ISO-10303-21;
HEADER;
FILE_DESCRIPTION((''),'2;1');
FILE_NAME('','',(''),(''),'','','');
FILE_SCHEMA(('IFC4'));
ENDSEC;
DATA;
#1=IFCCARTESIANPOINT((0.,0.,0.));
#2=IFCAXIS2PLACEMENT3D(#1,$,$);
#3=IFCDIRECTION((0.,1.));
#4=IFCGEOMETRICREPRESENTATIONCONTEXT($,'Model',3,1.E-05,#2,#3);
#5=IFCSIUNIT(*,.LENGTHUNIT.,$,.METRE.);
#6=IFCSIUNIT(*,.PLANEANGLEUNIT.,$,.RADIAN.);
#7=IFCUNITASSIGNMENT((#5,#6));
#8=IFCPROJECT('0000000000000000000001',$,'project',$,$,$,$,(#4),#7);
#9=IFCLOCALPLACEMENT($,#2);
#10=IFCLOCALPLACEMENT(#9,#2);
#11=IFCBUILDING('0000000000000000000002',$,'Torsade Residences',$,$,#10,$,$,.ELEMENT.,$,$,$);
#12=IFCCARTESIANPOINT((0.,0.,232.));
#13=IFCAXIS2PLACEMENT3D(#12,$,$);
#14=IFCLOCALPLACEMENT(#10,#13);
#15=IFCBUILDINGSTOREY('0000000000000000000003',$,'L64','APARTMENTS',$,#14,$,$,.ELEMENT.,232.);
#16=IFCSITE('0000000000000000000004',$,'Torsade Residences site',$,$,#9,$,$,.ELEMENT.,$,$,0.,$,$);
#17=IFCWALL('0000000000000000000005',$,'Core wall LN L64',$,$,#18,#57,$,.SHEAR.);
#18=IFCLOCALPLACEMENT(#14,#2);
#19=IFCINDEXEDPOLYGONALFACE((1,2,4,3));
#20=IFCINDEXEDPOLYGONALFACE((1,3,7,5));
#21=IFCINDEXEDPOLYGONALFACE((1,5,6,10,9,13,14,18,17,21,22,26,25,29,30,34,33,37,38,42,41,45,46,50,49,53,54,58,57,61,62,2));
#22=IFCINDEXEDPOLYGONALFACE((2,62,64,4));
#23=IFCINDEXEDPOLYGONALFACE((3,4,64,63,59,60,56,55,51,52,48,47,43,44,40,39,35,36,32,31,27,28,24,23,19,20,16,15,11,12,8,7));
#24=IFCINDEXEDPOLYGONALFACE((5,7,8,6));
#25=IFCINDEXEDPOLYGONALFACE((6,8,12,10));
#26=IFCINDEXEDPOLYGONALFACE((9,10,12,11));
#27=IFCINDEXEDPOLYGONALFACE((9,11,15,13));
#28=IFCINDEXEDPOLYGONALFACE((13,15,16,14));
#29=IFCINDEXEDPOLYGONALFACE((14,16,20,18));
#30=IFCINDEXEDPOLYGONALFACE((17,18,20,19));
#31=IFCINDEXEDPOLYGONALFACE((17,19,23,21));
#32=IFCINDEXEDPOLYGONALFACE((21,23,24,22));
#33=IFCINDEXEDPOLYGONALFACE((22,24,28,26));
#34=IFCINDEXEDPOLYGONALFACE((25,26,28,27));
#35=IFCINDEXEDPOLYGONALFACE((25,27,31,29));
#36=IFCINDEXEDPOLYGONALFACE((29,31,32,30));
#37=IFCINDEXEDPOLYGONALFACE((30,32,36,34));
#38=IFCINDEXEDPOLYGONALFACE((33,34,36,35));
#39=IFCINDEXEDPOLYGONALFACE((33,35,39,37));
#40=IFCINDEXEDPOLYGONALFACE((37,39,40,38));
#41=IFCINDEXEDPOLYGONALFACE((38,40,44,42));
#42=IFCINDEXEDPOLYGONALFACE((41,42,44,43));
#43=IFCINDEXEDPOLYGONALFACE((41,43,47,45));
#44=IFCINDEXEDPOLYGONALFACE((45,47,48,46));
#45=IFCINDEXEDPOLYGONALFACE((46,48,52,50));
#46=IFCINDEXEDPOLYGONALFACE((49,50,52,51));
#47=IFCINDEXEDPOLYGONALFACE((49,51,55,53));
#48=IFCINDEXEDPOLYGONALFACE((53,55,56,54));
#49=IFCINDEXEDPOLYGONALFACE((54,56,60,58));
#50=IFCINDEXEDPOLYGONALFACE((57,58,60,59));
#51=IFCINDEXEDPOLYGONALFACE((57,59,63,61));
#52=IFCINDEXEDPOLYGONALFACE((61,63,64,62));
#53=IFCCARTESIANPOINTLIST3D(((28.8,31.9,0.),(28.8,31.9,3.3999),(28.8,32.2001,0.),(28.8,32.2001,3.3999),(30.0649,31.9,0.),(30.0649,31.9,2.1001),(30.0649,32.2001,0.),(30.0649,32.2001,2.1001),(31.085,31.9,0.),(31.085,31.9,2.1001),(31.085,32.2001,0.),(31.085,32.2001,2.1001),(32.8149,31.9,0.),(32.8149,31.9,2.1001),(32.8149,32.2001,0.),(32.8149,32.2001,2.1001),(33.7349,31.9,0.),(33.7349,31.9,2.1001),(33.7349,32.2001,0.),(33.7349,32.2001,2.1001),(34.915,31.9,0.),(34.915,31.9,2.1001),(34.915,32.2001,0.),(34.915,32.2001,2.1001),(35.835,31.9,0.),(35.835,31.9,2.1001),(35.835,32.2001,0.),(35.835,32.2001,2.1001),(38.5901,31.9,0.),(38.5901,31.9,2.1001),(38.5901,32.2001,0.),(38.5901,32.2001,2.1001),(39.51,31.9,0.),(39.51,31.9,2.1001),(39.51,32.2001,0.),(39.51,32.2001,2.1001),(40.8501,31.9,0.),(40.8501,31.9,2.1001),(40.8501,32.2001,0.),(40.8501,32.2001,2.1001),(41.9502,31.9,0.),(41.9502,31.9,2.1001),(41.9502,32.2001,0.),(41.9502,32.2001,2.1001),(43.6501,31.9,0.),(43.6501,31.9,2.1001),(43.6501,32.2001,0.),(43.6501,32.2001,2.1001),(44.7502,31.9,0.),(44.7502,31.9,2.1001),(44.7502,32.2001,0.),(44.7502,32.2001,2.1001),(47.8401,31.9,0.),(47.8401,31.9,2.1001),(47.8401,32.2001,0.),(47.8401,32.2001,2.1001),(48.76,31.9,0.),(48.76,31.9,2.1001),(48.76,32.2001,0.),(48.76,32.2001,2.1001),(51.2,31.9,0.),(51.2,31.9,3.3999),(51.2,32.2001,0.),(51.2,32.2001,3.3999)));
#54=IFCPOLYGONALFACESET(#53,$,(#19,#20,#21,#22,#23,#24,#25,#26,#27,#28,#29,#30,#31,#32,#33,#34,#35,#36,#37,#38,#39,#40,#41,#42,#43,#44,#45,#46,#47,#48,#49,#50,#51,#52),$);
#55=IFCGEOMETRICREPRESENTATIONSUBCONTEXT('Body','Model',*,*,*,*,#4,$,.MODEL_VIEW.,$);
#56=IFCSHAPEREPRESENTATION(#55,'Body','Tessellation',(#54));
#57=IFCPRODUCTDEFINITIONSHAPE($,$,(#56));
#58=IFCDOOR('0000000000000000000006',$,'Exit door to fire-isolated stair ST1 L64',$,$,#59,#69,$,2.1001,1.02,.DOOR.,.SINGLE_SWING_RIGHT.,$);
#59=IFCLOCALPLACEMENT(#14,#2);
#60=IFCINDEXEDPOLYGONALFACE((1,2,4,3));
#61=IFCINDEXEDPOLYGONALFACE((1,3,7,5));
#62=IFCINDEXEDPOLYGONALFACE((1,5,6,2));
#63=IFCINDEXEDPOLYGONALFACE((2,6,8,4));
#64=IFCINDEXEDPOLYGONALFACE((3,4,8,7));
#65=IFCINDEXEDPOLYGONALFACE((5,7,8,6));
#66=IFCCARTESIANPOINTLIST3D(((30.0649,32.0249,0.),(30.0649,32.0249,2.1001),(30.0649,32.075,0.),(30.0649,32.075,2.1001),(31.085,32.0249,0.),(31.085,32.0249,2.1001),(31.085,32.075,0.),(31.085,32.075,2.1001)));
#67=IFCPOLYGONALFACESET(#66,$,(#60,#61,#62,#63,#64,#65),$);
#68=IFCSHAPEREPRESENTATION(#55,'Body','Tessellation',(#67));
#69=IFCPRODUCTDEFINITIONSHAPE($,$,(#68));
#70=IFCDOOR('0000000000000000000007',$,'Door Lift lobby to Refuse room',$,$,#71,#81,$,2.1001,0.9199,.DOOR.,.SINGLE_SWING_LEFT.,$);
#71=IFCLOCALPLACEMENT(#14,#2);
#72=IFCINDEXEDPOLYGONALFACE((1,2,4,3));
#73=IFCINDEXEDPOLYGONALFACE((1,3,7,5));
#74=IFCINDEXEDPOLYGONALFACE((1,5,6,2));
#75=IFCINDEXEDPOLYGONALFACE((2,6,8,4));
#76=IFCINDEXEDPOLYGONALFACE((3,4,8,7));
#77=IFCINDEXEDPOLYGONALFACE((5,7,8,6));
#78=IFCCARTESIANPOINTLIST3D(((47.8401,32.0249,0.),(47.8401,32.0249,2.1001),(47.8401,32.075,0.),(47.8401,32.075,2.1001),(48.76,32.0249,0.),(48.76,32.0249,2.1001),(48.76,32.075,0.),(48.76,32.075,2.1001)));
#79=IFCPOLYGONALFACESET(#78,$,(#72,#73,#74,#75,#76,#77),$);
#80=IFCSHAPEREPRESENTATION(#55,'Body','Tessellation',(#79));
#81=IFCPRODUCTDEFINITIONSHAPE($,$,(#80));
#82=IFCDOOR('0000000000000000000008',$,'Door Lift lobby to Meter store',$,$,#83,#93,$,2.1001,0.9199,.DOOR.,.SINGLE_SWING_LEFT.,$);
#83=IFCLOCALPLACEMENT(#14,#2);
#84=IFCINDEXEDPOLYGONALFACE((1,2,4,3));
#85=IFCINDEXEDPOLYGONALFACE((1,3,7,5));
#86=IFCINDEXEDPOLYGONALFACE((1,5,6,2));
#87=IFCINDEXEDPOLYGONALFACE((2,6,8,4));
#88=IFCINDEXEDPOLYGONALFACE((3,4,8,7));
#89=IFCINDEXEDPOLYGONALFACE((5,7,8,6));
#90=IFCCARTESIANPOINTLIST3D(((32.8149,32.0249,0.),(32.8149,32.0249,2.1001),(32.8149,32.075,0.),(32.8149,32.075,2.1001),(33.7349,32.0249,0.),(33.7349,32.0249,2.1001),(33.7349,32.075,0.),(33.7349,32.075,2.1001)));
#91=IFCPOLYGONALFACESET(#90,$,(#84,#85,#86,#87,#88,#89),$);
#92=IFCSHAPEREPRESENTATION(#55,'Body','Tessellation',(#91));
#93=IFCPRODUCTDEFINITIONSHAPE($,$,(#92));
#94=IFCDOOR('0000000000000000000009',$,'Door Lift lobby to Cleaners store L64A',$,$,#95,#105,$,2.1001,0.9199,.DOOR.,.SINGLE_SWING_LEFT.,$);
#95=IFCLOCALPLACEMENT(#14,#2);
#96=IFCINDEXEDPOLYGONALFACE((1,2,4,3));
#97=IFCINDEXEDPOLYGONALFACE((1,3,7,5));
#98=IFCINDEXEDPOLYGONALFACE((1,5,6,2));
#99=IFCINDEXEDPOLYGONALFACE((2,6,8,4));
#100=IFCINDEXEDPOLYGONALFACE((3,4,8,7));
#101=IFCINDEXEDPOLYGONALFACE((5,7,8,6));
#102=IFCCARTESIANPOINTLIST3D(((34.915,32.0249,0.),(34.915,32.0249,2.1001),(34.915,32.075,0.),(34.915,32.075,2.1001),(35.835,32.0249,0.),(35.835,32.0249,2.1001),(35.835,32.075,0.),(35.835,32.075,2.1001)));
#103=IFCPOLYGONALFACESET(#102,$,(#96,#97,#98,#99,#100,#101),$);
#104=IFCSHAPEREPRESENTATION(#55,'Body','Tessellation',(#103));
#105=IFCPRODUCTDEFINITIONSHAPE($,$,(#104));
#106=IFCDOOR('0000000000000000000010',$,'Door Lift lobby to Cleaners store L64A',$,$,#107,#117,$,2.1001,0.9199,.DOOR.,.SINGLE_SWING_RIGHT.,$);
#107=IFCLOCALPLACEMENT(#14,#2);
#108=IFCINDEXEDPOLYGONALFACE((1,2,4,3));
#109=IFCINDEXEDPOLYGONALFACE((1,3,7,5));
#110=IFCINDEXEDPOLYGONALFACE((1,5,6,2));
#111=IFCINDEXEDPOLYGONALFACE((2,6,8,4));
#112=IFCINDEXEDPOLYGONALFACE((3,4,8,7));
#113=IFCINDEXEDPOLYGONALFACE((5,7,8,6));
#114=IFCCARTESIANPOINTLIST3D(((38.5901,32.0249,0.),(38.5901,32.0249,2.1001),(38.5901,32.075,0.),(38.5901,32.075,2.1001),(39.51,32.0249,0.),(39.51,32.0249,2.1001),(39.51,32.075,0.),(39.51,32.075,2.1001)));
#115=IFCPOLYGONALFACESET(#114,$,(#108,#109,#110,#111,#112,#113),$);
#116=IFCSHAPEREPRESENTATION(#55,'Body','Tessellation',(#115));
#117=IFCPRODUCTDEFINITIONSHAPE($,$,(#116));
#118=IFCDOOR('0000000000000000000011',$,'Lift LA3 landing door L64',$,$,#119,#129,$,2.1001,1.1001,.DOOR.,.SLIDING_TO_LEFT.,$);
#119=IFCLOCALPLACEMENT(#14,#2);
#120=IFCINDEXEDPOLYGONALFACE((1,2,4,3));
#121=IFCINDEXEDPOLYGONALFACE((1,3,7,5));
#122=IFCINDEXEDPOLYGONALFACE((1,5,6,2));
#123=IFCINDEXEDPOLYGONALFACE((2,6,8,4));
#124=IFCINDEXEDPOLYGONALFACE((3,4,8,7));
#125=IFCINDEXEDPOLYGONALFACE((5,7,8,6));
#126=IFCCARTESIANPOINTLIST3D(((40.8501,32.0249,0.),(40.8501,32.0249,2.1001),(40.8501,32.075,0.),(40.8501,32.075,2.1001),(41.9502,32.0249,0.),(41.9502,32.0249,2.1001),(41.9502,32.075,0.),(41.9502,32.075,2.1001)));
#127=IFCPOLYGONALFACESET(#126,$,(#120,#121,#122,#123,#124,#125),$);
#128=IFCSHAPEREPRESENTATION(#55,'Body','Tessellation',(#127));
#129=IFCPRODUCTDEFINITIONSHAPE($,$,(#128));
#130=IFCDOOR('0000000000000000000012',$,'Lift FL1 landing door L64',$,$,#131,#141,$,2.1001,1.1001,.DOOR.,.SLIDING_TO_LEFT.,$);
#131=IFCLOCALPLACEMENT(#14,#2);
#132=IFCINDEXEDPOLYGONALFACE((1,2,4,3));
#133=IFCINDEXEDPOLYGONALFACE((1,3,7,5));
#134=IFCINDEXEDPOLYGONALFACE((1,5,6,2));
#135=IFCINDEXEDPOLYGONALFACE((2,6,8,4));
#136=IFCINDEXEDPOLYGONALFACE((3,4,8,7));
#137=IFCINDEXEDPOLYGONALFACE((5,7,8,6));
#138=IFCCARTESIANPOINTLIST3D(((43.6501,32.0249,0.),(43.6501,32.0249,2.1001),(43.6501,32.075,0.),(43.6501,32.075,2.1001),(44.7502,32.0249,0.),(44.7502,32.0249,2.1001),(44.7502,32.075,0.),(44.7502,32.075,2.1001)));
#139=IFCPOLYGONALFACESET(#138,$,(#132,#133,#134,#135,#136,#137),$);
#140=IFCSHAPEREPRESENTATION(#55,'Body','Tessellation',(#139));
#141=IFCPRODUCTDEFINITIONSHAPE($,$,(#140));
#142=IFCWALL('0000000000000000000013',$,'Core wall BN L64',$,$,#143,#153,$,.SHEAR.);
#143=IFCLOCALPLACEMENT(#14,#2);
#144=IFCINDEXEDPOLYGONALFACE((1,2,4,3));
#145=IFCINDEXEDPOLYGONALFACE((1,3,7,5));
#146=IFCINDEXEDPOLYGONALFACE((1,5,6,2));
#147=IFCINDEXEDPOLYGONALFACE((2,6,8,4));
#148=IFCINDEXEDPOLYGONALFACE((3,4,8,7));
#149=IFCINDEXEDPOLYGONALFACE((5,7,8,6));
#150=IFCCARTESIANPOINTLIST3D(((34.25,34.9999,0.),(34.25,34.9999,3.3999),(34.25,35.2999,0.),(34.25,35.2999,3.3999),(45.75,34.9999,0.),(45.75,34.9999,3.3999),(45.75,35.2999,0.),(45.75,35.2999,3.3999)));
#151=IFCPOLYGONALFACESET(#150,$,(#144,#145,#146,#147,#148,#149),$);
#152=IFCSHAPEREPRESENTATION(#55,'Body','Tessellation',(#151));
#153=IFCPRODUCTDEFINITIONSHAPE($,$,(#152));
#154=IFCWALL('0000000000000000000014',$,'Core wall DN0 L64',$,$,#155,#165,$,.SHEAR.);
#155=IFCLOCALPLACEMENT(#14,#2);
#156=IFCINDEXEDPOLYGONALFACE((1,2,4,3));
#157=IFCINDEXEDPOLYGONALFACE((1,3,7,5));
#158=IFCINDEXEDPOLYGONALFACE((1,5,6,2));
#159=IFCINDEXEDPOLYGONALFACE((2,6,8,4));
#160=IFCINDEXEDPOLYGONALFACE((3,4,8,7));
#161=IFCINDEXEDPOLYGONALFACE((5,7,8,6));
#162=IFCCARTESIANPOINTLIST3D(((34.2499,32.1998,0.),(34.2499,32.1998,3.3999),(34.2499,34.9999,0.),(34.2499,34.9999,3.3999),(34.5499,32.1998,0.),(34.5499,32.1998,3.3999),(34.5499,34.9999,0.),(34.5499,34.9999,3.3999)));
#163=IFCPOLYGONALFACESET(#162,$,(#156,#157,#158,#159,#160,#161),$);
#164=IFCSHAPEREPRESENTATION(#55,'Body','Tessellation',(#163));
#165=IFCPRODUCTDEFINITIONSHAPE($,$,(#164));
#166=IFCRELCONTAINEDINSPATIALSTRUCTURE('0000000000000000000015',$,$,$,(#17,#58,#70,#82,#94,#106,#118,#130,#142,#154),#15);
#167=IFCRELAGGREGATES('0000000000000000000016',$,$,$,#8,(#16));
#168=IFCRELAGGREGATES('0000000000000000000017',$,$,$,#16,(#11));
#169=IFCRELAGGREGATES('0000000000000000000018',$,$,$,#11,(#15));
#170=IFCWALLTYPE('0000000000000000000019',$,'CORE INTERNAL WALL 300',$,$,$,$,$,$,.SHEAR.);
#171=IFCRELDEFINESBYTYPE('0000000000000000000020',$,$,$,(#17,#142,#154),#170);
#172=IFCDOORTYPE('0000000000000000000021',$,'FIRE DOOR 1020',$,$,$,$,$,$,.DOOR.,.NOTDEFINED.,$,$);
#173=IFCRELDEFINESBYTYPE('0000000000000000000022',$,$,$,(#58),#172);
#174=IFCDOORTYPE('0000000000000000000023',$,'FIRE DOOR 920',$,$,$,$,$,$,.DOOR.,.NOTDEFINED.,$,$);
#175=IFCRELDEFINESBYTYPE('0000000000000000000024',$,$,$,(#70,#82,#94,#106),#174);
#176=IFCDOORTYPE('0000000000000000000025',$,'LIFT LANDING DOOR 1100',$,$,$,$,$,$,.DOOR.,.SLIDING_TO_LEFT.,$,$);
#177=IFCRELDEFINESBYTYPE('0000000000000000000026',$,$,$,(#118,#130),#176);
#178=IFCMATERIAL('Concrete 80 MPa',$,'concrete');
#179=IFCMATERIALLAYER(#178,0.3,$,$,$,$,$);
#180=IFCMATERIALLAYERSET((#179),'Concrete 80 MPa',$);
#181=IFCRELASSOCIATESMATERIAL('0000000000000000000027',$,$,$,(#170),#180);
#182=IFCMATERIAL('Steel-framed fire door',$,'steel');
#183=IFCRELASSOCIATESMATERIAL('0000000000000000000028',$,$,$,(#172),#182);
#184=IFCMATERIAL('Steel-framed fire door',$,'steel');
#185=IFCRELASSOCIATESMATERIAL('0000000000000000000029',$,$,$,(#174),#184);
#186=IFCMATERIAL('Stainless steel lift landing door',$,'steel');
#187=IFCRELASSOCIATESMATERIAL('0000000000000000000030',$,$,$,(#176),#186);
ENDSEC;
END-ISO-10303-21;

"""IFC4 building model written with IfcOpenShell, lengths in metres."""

from ifc_helpers import new_model, si_unit, direction, frame, frame_2d, origin, place, context, subcontext, project, spatial, rectangle, extrude, material, layer, layer_set, type_object, element, fill, save


model = new_model("IFC4")

# Units and contexts
model_context = context("Model", 3, precision=1e-05, world=origin(), true_north=direction((0.0, 1.0)))
body_context = subcontext(model_context, "Body", "Model", "MODEL_VIEW")
ifc_project = project(units=[si_unit("LENGTHUNIT", "METRE"), si_unit("PLANEANGLEUNIT", "RADIAN")], contexts=[model_context])

# Site, building, storey
site_placement = place(None, origin())
site = spatial("IfcSite", under=ifc_project, at=site_placement, Name="Torsade Residences site", CompositionType="ELEMENT", RefElevation=0.0)
building_placement = place(site_placement, origin())
building = spatial("IfcBuilding", under=site, at=building_placement, Name="Torsade Residences", CompositionType="ELEMENT")
storey_placement = place(building_placement, frame((0.0, 0.0, 232.0)))
storey = spatial("IfcBuildingStorey", under=building, at=storey_placement, Name="L64", Description="APARTMENTS", CompositionType="ELEMENT", Elevation=232.0)

# Wall, openings, doors
ifc_material_1 = material(Name="Concrete 80 MPa", Category="concrete")
ifc_layer_1 = layer(ifc_material_1, 0.3)
ifc_layer_set_1 = layer_set([ifc_layer_1], Name="Concrete 80 MPa")
wall_type_1 = type_object("IfcWallType", Name="CORE INTERNAL WALL 300", PredefinedType="SHEAR", material=ifc_layer_set_1)
wall_1_placement = place(storey_placement, frame((28.8, 32.05, 0.0), z_axis=(0.0, 0.0, 1.0), x_axis=(1.0, 0.0, 0.0)))
wall_1 = element("IfcWall", 1, at=wall_1_placement, inside=storey, type_object=wall_type_1, Name="Core wall LN L64", PredefinedType="SHEAR", context=body_context, shape_type="SweptSolid", body=[
    extrude(rectangle(XDim=22.3999, YDim=0.3, at=frame_2d((11.2, 0.0))), origin(), (0.0, 0.0, 1.0), 3.3999),
])
opening_1_placement = place(wall_1_placement, frame((19.04, 0.0, 0.0)))
opening_1 = element("IfcOpeningElement", 2, at=opening_1_placement, cuts=wall_1, PredefinedType="OPENING", context=body_context, shape_type="SweptSolid", body=[
    extrude(rectangle(XDim=0.9199, YDim=2.1001, at=frame_2d((0.46, 1.05))), frame((0.0, 0.1599, 0.0), z_axis=(0.0, -1.0, 0.0), x_axis=(1.0, 0.0, 0.0)), (0.0, 0.0, 1.0), 0.3201),
])
opening_2_placement = place(wall_1_placement, frame((1.2649, 0.0, 0.0)))
opening_2 = element("IfcOpeningElement", 3, at=opening_2_placement, cuts=wall_1, PredefinedType="OPENING", context=body_context, shape_type="SweptSolid", body=[
    extrude(rectangle(XDim=1.02, YDim=2.1001, at=frame_2d((0.51, 1.05))), frame((0.0, 0.1599, 0.0), z_axis=(0.0, -1.0, 0.0), x_axis=(1.0, 0.0, 0.0)), (0.0, 0.0, 1.0), 0.3201),
])
opening_3_placement = place(wall_1_placement, frame((4.0149, 0.0, 0.0)))
opening_3 = element("IfcOpeningElement", 4, at=opening_3_placement, cuts=wall_1, PredefinedType="OPENING", context=body_context, shape_type="SweptSolid", body=[
    extrude(rectangle(XDim=0.9199, YDim=2.1001, at=frame_2d((0.46, 1.05))), frame((0.0, 0.1599, 0.0), z_axis=(0.0, -1.0, 0.0), x_axis=(1.0, 0.0, 0.0)), (0.0, 0.0, 1.0), 0.3201),
])
opening_4_placement = place(wall_1_placement, frame((6.115, 0.0, 0.0)))
opening_4 = element("IfcOpeningElement", 5, at=opening_4_placement, cuts=wall_1, PredefinedType="OPENING", context=body_context, shape_type="SweptSolid", body=[
    extrude(rectangle(XDim=0.9199, YDim=2.1001, at=frame_2d((0.46, 1.05))), frame((0.0, 0.1599, 0.0), z_axis=(0.0, -1.0, 0.0), x_axis=(1.0, 0.0, 0.0)), (0.0, 0.0, 1.0), 0.3201),
])
opening_5_placement = place(wall_1_placement, frame((9.79, 0.0, 0.0)))
opening_5 = element("IfcOpeningElement", 6, at=opening_5_placement, cuts=wall_1, PredefinedType="OPENING", context=body_context, shape_type="SweptSolid", body=[
    extrude(rectangle(XDim=0.9199, YDim=2.1001, at=frame_2d((0.46, 1.05))), frame((0.0, 0.1599, 0.0), z_axis=(0.0, -1.0, 0.0), x_axis=(1.0, 0.0, 0.0)), (0.0, 0.0, 1.0), 0.3201),
])
opening_6_placement = place(wall_1_placement, frame((12.05, 0.0, 0.0)))
opening_6 = element("IfcOpeningElement", 7, at=opening_6_placement, cuts=wall_1, PredefinedType="OPENING", context=body_context, shape_type="SweptSolid", body=[
    extrude(rectangle(XDim=1.1001, YDim=2.1001, at=frame_2d((0.55, 1.05))), frame((0.0, 0.1599, 0.0), z_axis=(0.0, -1.0, 0.0), x_axis=(1.0, 0.0, 0.0)), (0.0, 0.0, 1.0), 0.3201),
])
opening_7_placement = place(wall_1_placement, frame((14.8501, 0.0, 0.0)))
opening_7 = element("IfcOpeningElement", 8, at=opening_7_placement, cuts=wall_1, PredefinedType="OPENING", context=body_context, shape_type="SweptSolid", body=[
    extrude(rectangle(XDim=1.1001, YDim=2.1001, at=frame_2d((0.55, 1.05))), frame((0.0, 0.1599, 0.0), z_axis=(0.0, -1.0, 0.0), x_axis=(1.0, 0.0, 0.0)), (0.0, 0.0, 1.0), 0.3201),
])
ifc_material_2 = material(Name="Steel-framed fire door", Category="steel")
door_type_1 = type_object("IfcDoorType", Name="FIRE DOOR 1020", OperationType="NOTDEFINED", PredefinedType="DOOR", material=ifc_material_2)
door_1_placement = place(opening_2_placement, origin())
door_1 = element("IfcDoor", 9, at=door_1_placement, inside=storey, type_object=door_type_1, Name="Exit door to fire-isolated stair ST1 L64", OperationType="SINGLE_SWING_RIGHT", OverallHeight=2.1001, OverallWidth=1.02, PredefinedType="DOOR", context=body_context, shape_type="SweptSolid", body=[
    extrude(rectangle(XDim=1.02, YDim=2.1001, at=frame_2d((0.51, 1.05))), frame((0.0, 0.0249, 0.0), z_axis=(0.0, -1.0, 0.0), x_axis=(1.0, 0.0, 0.0)), (0.0, 0.0, 1.0), 0.05),
])
fill(opening_2, door_1)
ifc_material_3 = material(Name="Steel-framed fire door", Category="steel")
door_type_2 = type_object("IfcDoorType", Name="FIRE DOOR 920", OperationType="NOTDEFINED", PredefinedType="DOOR", material=ifc_material_3)
door_2_placement = place(opening_1_placement, origin())
door_2 = element("IfcDoor", 10, at=door_2_placement, inside=storey, type_object=door_type_2, Name="Door Lift lobby to Refuse room", OperationType="SINGLE_SWING_LEFT", OverallHeight=2.1001, OverallWidth=0.9199, PredefinedType="DOOR", context=body_context, shape_type="SweptSolid", body=[
    extrude(rectangle(XDim=0.9199, YDim=2.1001, at=frame_2d((0.46, 1.05))), frame((0.0, 0.0249, 0.0), z_axis=(0.0, -1.0, 0.0), x_axis=(1.0, 0.0, 0.0)), (0.0, 0.0, 1.0), 0.05),
])
fill(opening_1, door_2)
door_3_placement = place(opening_3_placement, origin())
door_3 = element("IfcDoor", 11, at=door_3_placement, inside=storey, type_object=door_type_2, Name="Door Lift lobby to Meter store", OperationType="SINGLE_SWING_LEFT", OverallHeight=2.1001, OverallWidth=0.9199, PredefinedType="DOOR", context=body_context, shape_type="SweptSolid", body=[
    extrude(rectangle(XDim=0.9199, YDim=2.1001, at=frame_2d((0.46, 1.05))), frame((0.0, 0.0249, 0.0), z_axis=(0.0, -1.0, 0.0), x_axis=(1.0, 0.0, 0.0)), (0.0, 0.0, 1.0), 0.05),
])
fill(opening_3, door_3)
door_4_placement = place(opening_4_placement, origin())
door_4 = element("IfcDoor", 12, at=door_4_placement, inside=storey, type_object=door_type_2, Name="Door Lift lobby to Cleaners store L64A", OperationType="SINGLE_SWING_LEFT", OverallHeight=2.1001, OverallWidth=0.9199, PredefinedType="DOOR", context=body_context, shape_type="SweptSolid", body=[
    extrude(rectangle(XDim=0.9199, YDim=2.1001, at=frame_2d((0.46, 1.05))), frame((0.0, 0.0249, 0.0), z_axis=(0.0, -1.0, 0.0), x_axis=(1.0, 0.0, 0.0)), (0.0, 0.0, 1.0), 0.05),
])
fill(opening_4, door_4)
door_5_placement = place(opening_5_placement, origin())
door_5 = element("IfcDoor", 13, at=door_5_placement, inside=storey, type_object=door_type_2, Name="Door Lift lobby to Cleaners store L64A", OperationType="SINGLE_SWING_RIGHT", OverallHeight=2.1001, OverallWidth=0.9199, PredefinedType="DOOR", context=body_context, shape_type="SweptSolid", body=[
    extrude(rectangle(XDim=0.9199, YDim=2.1001, at=frame_2d((0.46, 1.05))), frame((0.0, 0.0249, 0.0), z_axis=(0.0, -1.0, 0.0), x_axis=(1.0, 0.0, 0.0)), (0.0, 0.0, 1.0), 0.05),
])
fill(opening_5, door_5)
ifc_material_4 = material(Name="Stainless steel lift landing door", Category="steel")
door_type_3 = type_object("IfcDoorType", Name="LIFT LANDING DOOR 1100", OperationType="SLIDING_TO_LEFT", PredefinedType="DOOR", material=ifc_material_4)
door_6_placement = place(opening_6_placement, origin())
door_6 = element("IfcDoor", 14, at=door_6_placement, inside=storey, type_object=door_type_3, Name="Lift LA3 landing door L64", OperationType="SLIDING_TO_LEFT", OverallHeight=2.1001, OverallWidth=1.1001, PredefinedType="DOOR", context=body_context, shape_type="SweptSolid", body=[
    extrude(rectangle(XDim=1.1001, YDim=2.1001, at=frame_2d((0.55, 1.05))), frame((0.0, 0.0249, 0.0), z_axis=(0.0, -1.0, 0.0), x_axis=(1.0, 0.0, 0.0)), (0.0, 0.0, 1.0), 0.05),
])
fill(opening_6, door_6)
door_7_placement = place(opening_7_placement, origin())
door_7 = element("IfcDoor", 15, at=door_7_placement, inside=storey, type_object=door_type_3, Name="Lift FL1 landing door L64", OperationType="SLIDING_TO_LEFT", OverallHeight=2.1001, OverallWidth=1.1001, PredefinedType="DOOR", context=body_context, shape_type="SweptSolid", body=[
    extrude(rectangle(XDim=1.1001, YDim=2.1001, at=frame_2d((0.55, 1.05))), frame((0.0, 0.0249, 0.0), z_axis=(0.0, -1.0, 0.0), x_axis=(1.0, 0.0, 0.0)), (0.0, 0.0, 1.0), 0.05),
])
fill(opening_7, door_7)

# Walls
wall_2_placement = place(storey_placement, frame((34.25, 35.1499, 0.0), z_axis=(0.0, 0.0, 1.0), x_axis=(1.0, 0.0, 0.0)))
element("IfcWall", 16, at=wall_2_placement, inside=storey, type_object=wall_type_1, Name="Core wall BN L64", PredefinedType="SHEAR", context=body_context, shape_type="SweptSolid", body=[
    extrude(rectangle(XDim=11.5, YDim=0.3, at=frame_2d((5.75, 0.0))), origin(), (0.0, 0.0, 1.0), 3.3999),
])
wall_3_placement = place(storey_placement, frame((34.3999, 32.2, 0.0), z_axis=(0.0, 0.0, 1.0), x_axis=(0.0, 1.0, 0.0)))
element("IfcWall", 17, at=wall_3_placement, inside=storey, type_object=wall_type_1, Name="Core wall DN0 L64", PredefinedType="SHEAR", context=body_context, shape_type="SweptSolid", body=[
    extrude(rectangle(XDim=2.8, YDim=0.3, at=frame_2d((1.3999, 0.0))), origin(), (0.0, 0.0, 1.0), 3.3999),
])

save(model, "model.ifc")
